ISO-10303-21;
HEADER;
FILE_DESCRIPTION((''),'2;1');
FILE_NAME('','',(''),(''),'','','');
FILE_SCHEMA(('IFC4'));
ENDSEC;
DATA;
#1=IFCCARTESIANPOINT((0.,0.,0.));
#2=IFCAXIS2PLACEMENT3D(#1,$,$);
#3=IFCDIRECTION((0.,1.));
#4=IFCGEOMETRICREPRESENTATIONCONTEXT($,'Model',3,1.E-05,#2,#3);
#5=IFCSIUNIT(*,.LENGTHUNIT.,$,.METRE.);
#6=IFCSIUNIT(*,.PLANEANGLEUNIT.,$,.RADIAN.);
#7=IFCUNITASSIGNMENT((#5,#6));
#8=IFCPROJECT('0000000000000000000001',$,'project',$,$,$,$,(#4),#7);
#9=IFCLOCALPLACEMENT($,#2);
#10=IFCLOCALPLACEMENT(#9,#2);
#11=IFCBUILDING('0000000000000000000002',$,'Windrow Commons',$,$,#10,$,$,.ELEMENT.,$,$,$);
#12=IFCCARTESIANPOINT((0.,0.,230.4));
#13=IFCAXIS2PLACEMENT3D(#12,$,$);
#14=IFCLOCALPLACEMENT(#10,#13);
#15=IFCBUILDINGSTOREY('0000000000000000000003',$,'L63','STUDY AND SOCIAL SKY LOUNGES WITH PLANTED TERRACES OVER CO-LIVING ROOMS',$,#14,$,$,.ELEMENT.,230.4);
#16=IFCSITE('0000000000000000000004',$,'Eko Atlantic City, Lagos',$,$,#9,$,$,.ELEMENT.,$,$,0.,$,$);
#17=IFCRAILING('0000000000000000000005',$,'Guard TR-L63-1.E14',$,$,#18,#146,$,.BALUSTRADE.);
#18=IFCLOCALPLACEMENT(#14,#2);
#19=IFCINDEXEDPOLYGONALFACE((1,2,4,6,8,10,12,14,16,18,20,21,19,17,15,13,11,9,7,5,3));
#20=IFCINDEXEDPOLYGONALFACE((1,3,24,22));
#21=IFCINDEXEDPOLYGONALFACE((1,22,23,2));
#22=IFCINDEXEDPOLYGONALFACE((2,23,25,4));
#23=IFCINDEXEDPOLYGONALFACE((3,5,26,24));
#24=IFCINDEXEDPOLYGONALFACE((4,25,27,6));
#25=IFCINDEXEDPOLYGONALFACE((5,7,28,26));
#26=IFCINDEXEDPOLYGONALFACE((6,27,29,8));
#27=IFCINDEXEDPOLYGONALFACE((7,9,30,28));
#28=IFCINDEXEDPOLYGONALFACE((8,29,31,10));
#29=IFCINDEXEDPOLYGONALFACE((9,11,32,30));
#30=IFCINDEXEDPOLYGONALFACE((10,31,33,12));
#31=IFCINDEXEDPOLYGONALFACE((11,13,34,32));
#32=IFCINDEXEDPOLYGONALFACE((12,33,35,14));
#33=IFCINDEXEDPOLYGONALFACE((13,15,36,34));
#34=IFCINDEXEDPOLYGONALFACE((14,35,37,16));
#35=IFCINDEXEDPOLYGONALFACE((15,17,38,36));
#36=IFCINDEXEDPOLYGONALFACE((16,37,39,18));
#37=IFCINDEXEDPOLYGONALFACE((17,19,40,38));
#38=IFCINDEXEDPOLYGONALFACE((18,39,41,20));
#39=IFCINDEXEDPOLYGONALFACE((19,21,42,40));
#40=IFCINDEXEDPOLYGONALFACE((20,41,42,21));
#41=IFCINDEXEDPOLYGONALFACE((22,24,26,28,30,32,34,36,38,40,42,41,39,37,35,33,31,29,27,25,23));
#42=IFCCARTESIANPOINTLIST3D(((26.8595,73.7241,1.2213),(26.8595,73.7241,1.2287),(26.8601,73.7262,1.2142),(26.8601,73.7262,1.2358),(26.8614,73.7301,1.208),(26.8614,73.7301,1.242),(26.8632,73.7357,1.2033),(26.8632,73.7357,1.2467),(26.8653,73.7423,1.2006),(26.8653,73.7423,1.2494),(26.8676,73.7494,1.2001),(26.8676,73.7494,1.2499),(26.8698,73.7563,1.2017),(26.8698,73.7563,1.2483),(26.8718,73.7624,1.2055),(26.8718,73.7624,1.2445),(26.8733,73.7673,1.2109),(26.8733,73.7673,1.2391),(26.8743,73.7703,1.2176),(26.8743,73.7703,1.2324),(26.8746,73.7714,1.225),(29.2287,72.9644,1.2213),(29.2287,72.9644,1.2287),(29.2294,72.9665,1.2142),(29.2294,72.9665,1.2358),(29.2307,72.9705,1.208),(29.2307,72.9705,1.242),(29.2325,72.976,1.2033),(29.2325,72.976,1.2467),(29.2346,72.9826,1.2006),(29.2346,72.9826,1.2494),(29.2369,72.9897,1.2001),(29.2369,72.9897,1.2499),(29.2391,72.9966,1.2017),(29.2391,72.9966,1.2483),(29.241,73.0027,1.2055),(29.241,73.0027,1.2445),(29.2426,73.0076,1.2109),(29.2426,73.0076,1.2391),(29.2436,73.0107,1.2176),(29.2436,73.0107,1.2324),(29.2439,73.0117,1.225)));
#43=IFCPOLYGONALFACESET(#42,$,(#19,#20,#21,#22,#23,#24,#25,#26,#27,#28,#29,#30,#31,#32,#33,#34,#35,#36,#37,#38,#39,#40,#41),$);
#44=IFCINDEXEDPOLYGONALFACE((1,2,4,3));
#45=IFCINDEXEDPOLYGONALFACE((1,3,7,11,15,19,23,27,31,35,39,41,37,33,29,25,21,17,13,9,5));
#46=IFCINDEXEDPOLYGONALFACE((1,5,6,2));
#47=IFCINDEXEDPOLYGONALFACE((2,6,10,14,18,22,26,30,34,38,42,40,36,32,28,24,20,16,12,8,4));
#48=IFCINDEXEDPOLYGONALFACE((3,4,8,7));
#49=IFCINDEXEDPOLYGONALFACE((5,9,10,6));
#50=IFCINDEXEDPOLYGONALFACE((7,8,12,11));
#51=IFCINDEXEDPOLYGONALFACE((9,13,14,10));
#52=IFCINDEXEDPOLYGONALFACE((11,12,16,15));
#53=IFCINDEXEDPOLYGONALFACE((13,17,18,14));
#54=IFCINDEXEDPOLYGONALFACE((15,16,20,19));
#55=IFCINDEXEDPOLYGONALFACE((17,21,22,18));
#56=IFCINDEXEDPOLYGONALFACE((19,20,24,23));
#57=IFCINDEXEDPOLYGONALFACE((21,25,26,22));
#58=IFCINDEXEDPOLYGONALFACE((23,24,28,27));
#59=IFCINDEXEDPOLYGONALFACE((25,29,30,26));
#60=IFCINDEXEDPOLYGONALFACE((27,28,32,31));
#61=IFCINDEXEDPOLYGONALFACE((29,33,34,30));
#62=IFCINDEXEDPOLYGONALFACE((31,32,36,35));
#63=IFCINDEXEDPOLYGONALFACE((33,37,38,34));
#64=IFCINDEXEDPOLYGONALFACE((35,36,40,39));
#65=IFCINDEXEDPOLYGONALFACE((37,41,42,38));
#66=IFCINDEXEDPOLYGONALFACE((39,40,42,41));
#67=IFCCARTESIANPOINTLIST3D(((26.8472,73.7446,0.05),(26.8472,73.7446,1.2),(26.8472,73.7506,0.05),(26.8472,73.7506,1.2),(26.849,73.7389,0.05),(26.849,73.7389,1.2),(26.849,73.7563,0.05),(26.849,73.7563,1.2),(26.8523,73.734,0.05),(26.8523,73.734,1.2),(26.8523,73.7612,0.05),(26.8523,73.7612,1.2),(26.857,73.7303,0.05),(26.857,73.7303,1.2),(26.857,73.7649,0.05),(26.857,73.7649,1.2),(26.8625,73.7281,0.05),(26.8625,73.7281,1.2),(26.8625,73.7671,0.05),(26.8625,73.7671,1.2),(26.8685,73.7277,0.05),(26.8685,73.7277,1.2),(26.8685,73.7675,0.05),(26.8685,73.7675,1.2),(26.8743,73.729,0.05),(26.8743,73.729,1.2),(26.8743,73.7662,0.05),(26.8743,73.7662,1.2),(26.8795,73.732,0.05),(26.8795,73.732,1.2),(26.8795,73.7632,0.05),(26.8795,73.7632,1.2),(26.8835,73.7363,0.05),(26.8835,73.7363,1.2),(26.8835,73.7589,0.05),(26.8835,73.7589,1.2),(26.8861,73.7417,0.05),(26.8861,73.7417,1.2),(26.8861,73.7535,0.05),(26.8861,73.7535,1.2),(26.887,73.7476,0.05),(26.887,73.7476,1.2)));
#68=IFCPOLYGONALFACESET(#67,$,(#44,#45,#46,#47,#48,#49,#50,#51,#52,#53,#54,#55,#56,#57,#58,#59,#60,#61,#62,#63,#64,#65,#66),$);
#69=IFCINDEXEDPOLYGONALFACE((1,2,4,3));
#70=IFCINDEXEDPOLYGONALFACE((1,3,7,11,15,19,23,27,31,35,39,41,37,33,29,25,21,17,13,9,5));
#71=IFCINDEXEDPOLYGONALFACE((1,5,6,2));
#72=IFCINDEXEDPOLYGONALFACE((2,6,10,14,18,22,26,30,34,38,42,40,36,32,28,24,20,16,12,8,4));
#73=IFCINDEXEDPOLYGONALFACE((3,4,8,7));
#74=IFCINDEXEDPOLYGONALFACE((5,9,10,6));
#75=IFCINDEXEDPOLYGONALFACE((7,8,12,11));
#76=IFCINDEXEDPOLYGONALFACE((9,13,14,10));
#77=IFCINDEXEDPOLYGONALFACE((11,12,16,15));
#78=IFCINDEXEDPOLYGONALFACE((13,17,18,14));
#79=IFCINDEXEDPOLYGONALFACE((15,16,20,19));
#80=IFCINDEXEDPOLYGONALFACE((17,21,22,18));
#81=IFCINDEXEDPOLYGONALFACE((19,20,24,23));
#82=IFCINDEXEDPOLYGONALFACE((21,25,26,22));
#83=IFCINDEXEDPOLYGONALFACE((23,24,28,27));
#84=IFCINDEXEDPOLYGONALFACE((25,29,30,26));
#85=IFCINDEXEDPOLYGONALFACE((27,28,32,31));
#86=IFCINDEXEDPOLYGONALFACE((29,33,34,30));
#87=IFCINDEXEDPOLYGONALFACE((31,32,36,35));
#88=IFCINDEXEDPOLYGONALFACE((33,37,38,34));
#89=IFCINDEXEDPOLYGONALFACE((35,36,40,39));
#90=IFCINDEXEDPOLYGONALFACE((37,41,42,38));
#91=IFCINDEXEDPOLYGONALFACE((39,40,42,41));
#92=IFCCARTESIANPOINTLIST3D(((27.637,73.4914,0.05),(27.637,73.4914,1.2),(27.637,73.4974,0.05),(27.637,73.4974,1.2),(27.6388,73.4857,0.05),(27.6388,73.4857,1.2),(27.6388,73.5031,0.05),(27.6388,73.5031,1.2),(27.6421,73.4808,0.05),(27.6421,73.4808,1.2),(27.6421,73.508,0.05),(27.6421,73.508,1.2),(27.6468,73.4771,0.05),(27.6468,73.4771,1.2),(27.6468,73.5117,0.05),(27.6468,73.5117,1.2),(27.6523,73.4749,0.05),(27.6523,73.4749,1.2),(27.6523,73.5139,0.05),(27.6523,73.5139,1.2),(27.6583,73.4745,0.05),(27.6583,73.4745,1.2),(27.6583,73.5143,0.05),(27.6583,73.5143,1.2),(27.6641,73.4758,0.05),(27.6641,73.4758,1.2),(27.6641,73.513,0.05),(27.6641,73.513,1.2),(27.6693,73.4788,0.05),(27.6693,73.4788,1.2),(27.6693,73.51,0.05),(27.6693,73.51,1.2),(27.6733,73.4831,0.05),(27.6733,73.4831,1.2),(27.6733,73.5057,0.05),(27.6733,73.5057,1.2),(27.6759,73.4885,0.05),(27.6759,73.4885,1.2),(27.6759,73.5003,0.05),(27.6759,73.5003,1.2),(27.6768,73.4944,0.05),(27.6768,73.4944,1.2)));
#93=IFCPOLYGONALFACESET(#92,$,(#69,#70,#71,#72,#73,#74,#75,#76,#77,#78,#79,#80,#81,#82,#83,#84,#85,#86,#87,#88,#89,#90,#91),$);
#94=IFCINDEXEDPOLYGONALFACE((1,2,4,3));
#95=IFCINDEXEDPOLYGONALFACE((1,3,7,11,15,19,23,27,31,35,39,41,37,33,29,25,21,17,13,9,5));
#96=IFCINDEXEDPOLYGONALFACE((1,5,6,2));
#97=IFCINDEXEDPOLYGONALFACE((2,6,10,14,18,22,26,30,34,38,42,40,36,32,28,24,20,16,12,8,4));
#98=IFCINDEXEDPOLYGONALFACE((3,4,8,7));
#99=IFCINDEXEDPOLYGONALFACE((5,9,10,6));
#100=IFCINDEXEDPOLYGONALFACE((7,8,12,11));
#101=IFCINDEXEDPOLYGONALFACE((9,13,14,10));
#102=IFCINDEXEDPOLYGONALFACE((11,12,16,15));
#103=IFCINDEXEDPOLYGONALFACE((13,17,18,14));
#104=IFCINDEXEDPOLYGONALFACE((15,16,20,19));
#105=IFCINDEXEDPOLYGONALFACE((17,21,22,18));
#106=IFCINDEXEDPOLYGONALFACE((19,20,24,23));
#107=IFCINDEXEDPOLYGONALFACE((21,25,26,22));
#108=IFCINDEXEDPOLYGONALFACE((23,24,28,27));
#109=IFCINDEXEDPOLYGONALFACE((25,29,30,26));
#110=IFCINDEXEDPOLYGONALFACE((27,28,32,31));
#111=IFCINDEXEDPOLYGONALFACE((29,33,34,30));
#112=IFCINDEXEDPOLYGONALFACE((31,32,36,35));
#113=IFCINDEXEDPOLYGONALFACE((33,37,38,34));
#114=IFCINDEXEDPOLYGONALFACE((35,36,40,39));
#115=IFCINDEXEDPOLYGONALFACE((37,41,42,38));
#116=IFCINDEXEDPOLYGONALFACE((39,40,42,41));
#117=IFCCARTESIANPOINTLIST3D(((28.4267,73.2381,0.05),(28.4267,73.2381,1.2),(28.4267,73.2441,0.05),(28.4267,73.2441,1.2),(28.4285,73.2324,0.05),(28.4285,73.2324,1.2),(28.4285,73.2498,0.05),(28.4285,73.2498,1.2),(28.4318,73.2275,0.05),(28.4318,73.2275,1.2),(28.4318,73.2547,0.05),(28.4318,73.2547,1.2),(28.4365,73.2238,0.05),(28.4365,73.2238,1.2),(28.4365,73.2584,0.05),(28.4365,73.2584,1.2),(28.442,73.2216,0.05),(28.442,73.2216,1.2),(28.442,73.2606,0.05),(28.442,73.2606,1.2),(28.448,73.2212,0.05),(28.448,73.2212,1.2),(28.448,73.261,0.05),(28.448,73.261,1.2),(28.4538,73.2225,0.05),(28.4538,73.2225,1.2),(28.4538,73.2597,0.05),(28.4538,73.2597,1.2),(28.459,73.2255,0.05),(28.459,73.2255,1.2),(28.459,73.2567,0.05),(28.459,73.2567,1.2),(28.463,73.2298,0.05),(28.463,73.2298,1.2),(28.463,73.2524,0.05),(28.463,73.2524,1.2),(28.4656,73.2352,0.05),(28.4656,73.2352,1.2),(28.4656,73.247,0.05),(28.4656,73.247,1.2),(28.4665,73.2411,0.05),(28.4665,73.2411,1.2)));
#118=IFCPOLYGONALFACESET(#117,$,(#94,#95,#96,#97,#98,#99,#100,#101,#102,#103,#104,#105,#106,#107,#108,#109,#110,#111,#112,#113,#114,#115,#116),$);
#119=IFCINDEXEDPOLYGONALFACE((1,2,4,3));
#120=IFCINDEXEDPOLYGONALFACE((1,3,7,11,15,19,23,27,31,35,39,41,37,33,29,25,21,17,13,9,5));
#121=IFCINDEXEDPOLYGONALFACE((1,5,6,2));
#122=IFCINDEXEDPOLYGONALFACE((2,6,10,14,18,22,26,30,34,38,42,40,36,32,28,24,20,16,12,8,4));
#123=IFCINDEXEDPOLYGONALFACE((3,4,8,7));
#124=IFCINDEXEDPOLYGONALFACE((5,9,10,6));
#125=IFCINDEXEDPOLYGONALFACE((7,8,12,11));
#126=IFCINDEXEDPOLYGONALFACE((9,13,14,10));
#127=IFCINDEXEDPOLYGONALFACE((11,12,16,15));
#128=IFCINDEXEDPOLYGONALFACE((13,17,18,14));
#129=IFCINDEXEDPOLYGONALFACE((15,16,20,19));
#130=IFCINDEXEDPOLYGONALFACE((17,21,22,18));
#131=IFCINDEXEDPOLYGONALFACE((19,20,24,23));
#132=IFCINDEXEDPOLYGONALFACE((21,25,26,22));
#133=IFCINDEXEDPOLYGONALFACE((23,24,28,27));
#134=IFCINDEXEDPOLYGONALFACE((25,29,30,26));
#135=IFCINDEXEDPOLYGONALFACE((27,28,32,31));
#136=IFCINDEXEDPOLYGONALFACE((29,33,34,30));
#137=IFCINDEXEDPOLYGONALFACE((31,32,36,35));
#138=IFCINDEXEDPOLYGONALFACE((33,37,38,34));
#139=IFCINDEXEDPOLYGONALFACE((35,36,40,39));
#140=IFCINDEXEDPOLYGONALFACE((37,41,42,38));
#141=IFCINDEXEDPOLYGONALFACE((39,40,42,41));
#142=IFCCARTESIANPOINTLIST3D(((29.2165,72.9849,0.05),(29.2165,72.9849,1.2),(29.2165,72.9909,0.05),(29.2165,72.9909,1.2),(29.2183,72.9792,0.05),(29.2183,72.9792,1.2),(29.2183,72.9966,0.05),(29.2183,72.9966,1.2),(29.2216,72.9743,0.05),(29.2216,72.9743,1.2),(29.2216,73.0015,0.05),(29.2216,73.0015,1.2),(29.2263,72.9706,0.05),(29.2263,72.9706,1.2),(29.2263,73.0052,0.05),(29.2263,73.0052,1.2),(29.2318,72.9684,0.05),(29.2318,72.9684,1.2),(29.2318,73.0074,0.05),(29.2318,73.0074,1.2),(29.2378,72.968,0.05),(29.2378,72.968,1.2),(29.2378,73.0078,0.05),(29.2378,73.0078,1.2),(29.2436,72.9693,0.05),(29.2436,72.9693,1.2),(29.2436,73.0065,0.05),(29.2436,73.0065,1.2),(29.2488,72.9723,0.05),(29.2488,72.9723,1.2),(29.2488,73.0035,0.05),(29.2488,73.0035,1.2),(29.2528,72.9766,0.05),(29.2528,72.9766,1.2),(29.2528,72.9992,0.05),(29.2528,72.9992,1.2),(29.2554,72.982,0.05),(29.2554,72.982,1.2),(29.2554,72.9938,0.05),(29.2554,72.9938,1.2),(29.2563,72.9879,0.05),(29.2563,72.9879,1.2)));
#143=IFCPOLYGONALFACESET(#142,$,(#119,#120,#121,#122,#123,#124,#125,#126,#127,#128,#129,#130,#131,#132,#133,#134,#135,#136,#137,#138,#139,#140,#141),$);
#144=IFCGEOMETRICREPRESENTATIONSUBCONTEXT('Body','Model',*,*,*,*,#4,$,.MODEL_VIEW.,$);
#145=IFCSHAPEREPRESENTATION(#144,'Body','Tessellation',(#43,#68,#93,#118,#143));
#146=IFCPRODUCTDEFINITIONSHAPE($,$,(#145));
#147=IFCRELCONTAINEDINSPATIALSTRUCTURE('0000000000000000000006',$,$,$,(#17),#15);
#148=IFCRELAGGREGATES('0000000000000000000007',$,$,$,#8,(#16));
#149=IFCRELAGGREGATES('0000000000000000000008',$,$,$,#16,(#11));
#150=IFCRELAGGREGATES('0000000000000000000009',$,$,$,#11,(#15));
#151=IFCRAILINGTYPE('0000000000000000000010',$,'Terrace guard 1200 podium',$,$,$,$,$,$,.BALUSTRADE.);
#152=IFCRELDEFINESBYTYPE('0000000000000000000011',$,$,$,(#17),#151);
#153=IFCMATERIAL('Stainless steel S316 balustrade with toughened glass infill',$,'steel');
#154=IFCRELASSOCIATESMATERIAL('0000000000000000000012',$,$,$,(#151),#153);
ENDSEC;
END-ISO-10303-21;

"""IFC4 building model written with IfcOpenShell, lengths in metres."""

from ifc_helpers import new_model, si_unit, direction, frame, origin, origin_2d, place, context, subcontext, project, spatial, circle, extrude, material, type_object, element, save


model = new_model("IFC4")

# Units and contexts
model_context = context("Model", 3, precision=1e-05, world=origin(), true_north=direction((0.0, 1.0)))
body_context = subcontext(model_context, "Body", "Model", "MODEL_VIEW")
ifc_project = project(units=[si_unit("LENGTHUNIT", "METRE"), si_unit("PLANEANGLEUNIT", "RADIAN")], contexts=[model_context])

# Site, building, storey
site_placement = place(None, origin())
site = spatial("IfcSite", under=ifc_project, at=site_placement, Name="Eko Atlantic City, Lagos", CompositionType="ELEMENT", RefElevation=0.0)
building_placement = place(site_placement, origin())
building = spatial("IfcBuilding", under=site, at=building_placement, Name="Windrow Commons", CompositionType="ELEMENT")
storey_placement = place(building_placement, frame((0.0, 0.0, 230.4)))
storey = spatial("IfcBuildingStorey", under=building, at=storey_placement, Name="L63", Description="STUDY AND SOCIAL SKY LOUNGES WITH PLANTED TERRACES OVER CO-LIVING ROOMS", CompositionType="ELEMENT", Elevation=230.4)

# Railing
ifc_material_1 = material(Name="Stainless steel S316 balustrade with toughened glass infill", Category="steel")
railing_type = type_object("IfcRailingType", Name="Terrace guard 1200 podium", PredefinedType="BALUSTRADE", material=ifc_material_1)
railing_1_placement = place(storey_placement, frame((26.867, 73.7476, 0.05)))
element("IfcRailing", 1, at=railing_1_placement, inside=storey, type_object=railing_type, Name="Guard TR-L63-1.E14", PredefinedType="BALUSTRADE", context=body_context, shape_type="SweptSolid", body=[
    extrude(circle(Radius=0.025, at=origin_2d()), frame((0.0, 0.0, 1.175), z_axis=(0.952246, -0.305331, 0.0), x_axis=(0.305331, 0.952246, 0.0)), (0.0, 0.0, 1.0), 2.4881),
    extrude(circle(Radius=0.02, at=origin_2d()), origin(), (0.0, 0.0, 1.0), 1.15),
    extrude(circle(Radius=0.02, at=origin_2d()), frame((0.7898, -0.2532, 0.0)), (0.0, 0.0, 1.0), 1.15),
    extrude(circle(Radius=0.02, at=origin_2d()), frame((1.5795, -0.5065, 0.0)), (0.0, 0.0, 1.0), 1.15),
    extrude(circle(Radius=0.02, at=origin_2d()), frame((2.3693, -0.7597, 0.0)), (0.0, 0.0, 1.0), 1.15),
])

save(model, "model.ifc")
